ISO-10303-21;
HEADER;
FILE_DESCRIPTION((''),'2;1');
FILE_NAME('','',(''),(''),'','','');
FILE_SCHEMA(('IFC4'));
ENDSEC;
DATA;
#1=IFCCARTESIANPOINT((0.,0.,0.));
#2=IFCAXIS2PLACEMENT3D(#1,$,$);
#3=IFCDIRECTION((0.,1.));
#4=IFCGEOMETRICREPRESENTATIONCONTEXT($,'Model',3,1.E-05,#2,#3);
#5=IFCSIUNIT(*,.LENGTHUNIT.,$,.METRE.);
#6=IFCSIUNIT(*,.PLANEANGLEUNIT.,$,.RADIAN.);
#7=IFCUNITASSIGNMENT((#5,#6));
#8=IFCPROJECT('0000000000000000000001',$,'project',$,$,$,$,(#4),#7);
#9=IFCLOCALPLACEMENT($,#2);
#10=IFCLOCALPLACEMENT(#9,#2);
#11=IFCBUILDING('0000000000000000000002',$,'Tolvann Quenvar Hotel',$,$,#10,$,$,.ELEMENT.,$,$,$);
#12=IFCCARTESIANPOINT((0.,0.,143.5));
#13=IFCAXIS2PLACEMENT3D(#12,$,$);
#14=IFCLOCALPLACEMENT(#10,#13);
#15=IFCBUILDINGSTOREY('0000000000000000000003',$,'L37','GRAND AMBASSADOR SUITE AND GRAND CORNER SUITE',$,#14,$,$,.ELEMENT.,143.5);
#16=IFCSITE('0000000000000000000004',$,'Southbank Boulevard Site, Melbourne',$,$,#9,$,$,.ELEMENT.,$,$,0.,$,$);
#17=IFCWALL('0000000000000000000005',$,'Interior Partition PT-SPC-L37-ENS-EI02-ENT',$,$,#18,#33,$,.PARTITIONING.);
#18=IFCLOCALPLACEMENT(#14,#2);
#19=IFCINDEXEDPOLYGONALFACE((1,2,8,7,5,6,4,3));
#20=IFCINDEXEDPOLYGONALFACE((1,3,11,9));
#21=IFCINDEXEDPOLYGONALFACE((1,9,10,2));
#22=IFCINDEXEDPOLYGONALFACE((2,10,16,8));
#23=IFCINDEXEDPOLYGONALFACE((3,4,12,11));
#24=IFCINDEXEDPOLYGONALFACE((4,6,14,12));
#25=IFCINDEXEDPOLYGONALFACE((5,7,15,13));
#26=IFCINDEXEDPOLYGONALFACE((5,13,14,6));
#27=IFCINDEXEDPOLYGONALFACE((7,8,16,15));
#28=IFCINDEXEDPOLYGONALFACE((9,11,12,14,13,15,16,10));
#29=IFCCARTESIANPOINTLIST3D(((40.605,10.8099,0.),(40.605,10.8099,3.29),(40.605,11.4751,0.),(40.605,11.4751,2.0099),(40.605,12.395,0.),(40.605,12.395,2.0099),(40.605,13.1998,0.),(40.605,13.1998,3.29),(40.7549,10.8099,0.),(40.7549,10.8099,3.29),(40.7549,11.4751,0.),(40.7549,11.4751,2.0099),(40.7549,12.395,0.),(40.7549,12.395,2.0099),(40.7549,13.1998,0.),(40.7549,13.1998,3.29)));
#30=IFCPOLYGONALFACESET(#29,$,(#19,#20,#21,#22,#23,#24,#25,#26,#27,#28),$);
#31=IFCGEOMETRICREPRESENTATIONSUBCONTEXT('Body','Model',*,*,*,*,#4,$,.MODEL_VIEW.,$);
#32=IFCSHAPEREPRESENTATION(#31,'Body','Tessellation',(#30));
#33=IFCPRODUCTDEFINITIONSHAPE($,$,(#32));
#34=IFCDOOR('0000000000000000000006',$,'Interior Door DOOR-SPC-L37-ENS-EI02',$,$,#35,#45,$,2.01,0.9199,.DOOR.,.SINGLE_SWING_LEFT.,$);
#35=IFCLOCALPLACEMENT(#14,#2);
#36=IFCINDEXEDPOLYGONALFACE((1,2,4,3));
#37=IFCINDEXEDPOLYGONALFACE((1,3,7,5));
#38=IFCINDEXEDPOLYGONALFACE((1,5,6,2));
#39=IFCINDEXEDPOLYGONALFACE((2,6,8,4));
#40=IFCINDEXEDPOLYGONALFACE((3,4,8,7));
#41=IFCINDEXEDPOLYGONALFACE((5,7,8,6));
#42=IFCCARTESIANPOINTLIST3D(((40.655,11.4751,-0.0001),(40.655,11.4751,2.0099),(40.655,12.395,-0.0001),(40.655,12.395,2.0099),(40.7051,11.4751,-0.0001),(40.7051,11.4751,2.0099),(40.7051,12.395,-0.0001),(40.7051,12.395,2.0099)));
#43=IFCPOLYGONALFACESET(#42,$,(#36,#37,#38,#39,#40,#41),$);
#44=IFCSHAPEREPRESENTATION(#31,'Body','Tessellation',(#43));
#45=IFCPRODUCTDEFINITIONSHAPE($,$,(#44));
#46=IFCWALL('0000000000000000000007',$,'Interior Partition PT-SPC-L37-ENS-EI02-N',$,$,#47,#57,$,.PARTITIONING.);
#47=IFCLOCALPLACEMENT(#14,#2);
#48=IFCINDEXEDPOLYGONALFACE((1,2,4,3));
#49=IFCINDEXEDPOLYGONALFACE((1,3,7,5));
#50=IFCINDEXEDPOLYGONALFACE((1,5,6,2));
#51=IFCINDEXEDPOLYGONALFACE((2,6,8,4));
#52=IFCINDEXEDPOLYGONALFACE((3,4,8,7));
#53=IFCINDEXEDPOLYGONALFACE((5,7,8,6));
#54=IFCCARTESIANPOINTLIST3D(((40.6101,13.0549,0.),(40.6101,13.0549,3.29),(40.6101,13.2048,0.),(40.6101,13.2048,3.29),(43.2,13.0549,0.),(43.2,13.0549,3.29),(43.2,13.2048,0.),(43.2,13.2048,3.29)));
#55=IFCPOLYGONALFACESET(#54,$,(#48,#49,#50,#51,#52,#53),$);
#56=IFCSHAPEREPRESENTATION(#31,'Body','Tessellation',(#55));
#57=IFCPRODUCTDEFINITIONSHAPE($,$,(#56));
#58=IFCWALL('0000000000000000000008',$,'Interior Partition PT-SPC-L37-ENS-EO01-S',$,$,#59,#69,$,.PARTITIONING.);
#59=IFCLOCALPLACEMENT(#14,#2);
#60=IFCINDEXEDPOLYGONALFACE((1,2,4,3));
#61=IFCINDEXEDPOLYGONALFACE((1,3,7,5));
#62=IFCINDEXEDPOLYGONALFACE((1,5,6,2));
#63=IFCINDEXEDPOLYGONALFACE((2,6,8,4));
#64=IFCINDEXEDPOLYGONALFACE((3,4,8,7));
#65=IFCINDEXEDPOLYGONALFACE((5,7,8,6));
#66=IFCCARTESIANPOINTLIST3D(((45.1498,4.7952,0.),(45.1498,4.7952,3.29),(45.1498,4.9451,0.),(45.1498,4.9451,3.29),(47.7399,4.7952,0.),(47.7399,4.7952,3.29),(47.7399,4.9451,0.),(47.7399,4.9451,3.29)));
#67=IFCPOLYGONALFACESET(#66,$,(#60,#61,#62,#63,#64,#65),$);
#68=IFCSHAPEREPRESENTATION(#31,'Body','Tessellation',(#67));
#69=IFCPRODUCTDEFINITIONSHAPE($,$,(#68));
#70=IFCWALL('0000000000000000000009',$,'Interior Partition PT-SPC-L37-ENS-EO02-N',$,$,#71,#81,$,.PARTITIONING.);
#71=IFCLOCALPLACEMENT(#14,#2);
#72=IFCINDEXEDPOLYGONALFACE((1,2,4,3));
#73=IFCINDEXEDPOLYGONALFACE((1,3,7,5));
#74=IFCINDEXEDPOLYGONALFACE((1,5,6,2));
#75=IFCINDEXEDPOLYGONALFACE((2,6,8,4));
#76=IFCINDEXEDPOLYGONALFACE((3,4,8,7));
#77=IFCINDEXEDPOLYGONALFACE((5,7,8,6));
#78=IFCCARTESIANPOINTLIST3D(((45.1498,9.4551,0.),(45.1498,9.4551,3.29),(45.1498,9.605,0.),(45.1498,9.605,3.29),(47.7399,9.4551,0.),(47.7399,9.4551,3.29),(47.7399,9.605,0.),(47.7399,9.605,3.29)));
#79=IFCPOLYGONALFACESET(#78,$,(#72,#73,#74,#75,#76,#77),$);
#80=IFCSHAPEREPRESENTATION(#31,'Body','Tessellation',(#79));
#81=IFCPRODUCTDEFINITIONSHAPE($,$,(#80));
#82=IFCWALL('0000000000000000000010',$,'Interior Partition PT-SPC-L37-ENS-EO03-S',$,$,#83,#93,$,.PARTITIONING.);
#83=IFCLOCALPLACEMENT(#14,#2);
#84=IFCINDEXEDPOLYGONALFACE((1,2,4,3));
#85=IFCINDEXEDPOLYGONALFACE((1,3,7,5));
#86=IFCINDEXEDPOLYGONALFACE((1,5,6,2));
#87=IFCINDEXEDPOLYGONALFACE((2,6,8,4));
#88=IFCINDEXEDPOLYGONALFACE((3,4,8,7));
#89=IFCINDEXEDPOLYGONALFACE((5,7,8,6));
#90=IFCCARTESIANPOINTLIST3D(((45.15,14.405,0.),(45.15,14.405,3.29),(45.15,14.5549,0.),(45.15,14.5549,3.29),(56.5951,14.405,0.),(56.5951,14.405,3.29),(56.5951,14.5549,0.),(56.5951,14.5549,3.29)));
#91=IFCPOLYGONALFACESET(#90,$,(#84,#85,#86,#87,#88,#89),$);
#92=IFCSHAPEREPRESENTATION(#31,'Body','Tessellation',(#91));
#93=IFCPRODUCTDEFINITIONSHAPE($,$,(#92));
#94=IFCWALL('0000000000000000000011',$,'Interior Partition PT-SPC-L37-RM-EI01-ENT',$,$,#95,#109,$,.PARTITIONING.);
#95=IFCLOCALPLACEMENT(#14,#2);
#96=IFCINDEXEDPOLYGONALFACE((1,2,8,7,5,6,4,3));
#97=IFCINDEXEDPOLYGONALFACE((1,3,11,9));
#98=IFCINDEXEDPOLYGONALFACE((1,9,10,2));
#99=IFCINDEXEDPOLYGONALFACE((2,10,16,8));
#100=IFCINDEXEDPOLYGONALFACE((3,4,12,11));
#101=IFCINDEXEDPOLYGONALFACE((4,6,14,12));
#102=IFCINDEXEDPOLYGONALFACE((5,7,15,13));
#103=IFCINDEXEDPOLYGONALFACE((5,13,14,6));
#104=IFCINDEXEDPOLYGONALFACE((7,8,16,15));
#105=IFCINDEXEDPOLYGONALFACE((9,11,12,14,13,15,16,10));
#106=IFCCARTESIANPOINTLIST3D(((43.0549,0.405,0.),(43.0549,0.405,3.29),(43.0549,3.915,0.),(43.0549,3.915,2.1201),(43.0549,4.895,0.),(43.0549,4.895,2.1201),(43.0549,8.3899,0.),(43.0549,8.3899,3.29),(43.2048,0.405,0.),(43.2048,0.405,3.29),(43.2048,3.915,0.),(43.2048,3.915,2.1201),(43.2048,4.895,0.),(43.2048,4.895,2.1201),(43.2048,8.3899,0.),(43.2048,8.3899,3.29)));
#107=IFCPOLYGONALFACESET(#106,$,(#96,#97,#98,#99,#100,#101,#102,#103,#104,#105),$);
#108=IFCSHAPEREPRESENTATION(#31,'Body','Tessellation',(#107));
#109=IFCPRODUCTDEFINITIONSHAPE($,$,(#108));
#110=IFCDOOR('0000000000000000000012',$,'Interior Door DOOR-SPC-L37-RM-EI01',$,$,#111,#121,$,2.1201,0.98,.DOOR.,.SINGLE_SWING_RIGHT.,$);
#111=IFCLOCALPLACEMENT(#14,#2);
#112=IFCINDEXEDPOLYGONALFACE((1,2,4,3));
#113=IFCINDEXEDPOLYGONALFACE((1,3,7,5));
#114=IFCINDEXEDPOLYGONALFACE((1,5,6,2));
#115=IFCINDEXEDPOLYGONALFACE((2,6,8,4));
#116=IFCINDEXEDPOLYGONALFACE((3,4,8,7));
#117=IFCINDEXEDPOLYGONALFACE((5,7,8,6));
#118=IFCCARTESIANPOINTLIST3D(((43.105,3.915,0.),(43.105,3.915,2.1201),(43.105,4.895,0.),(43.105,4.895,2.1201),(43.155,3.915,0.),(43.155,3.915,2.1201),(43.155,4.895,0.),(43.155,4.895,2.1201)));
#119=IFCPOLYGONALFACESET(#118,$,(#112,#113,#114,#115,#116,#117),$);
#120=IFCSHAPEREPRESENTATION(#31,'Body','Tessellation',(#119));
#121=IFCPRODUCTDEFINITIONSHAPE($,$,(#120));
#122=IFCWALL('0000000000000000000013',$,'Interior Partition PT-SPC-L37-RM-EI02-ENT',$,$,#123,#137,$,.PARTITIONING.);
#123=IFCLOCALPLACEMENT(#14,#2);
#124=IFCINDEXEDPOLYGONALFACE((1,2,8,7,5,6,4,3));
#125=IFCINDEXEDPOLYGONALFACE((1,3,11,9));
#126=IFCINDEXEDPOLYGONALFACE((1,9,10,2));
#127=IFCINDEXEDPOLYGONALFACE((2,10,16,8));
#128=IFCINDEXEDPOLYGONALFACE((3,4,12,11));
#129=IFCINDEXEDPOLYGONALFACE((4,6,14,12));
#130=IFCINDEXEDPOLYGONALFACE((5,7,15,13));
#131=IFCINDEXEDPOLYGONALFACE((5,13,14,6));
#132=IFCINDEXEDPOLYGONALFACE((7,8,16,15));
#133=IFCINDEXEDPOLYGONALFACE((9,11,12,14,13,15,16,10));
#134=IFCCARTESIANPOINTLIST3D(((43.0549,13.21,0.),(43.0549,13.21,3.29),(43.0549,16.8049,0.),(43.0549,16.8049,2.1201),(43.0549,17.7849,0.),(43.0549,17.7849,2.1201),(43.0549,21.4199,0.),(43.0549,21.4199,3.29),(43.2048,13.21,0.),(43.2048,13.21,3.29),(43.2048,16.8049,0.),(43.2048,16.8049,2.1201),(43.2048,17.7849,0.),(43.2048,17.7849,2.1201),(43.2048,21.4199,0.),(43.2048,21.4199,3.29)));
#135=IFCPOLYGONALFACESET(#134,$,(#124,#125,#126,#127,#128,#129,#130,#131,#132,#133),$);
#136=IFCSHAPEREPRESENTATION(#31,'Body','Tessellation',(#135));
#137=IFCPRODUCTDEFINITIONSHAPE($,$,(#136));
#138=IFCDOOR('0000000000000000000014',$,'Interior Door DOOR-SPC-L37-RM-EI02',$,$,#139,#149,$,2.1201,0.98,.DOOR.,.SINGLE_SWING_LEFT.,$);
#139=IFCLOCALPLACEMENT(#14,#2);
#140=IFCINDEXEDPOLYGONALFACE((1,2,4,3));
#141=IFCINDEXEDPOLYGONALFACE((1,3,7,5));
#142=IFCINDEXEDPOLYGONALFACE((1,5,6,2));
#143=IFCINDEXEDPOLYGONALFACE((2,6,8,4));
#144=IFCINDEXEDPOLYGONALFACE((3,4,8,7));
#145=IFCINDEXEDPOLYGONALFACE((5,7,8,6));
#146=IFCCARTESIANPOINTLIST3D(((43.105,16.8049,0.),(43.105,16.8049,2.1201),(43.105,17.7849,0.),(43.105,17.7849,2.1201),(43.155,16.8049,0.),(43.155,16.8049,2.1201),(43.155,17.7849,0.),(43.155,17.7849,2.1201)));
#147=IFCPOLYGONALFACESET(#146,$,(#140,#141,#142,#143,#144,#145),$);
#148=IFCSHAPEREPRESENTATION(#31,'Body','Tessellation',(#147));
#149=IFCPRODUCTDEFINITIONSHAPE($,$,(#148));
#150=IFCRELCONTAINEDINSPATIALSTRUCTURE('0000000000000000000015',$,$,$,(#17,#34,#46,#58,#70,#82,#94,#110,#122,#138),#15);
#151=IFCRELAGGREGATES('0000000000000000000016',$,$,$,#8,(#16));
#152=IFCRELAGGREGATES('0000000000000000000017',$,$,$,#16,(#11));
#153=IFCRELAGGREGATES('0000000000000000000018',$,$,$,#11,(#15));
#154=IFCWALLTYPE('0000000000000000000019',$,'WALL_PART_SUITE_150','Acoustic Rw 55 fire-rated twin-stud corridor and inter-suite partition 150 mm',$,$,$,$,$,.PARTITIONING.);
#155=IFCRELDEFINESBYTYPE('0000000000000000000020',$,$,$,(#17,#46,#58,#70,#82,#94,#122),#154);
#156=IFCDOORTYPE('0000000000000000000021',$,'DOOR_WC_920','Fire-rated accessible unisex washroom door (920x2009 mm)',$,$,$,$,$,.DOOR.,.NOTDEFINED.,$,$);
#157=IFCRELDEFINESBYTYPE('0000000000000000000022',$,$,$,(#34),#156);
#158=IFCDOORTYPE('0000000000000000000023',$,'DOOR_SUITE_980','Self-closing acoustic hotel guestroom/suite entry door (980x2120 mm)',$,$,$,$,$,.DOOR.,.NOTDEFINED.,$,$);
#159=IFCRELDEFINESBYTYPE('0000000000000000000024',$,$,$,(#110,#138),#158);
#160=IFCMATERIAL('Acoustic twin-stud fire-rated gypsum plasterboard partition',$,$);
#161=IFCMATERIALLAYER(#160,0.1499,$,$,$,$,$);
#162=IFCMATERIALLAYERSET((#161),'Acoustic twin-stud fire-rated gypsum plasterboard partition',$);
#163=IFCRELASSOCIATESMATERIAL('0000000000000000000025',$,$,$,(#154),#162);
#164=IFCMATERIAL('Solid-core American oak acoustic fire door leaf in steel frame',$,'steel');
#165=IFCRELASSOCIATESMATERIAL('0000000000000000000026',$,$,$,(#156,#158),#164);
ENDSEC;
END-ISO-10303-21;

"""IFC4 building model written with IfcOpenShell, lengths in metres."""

from ifc_helpers import new_model, si_unit, direction, frame, frame_2d, origin, place, context, subcontext, project, spatial, rectangle, extrude, source, transform, mapped, material, layer, layer_set, type_object, type_shapes, element, fill, save


model = new_model("IFC4")

# Units and contexts
model_context = context("Model", 3, precision=1e-05, world=origin(), true_north=direction((0.0, 1.0)))
body_context = subcontext(model_context, "Body", "Model", "MODEL_VIEW")
ifc_project = project(units=[si_unit("LENGTHUNIT", "METRE"), si_unit("PLANEANGLEUNIT", "RADIAN")], contexts=[model_context])

# Site, building, storey
site_placement = place(None, origin())
site = spatial("IfcSite", under=ifc_project, at=site_placement, Name="Southbank Boulevard Site, Melbourne", CompositionType="ELEMENT", RefElevation=0.0)
building_placement = place(site_placement, origin())
building = spatial("IfcBuilding", under=site, at=building_placement, Name="Tolvann Quenvar Hotel", CompositionType="ELEMENT")
storey_placement = place(building_placement, frame((0.0, 0.0, 143.5)))
storey = spatial("IfcBuildingStorey", under=building, at=storey_placement, Name="L37", Description="GRAND AMBASSADOR SUITE AND GRAND CORNER SUITE", CompositionType="ELEMENT", Elevation=143.5)

# Shared definitions
ifc_material_1 = material(Name="Acoustic twin-stud fire-rated gypsum plasterboard partition")
ifc_layer_1 = layer(ifc_material_1, 0.1499)
ifc_layer_set_1 = layer_set([ifc_layer_1], Name="Acoustic twin-stud fire-rated gypsum plasterboard partition")
wall_type_1 = type_object("IfcWallType", Name="WALL_PART_SUITE_150", Description="Acoustic Rw 55 fire-rated twin-stud corridor and inter-suite partition 150 mm", PredefinedType="PARTITIONING", material=ifc_layer_set_1)
ifc_material_2 = material(Name="Solid-core American oak acoustic fire door leaf in steel frame", Category="steel")
door_type_1 = type_object("IfcDoorType", Name="DOOR_WC_920", Description="Fire-rated accessible unisex washroom door (920x2009 mm)", OperationType="NOTDEFINED", PredefinedType="DOOR", material=ifc_material_2)
shared_shape_1 = source(origin(), body_context, "Body", "SweptSolid", [
    extrude(rectangle(XDim=0.9199, YDim=2.01, at=frame_2d((0.46, 1.0049))), frame((0.0, 0.0249, 0.0), z_axis=(0.0, -1.0, 0.0), x_axis=(1.0, 0.0, 0.0)), (0.0, 0.0, 1.0), 0.05),
])
type_shapes(door_type_1, [shared_shape_1])

# Wall, opening, door
wall_1_placement = place(storey_placement, frame((40.6799, 10.8101, 0.0), z_axis=(0.0, 0.0, 1.0), x_axis=(0.0, 1.0, 0.0)))
wall_1 = element("IfcWall", 1, at=wall_1_placement, inside=storey, type_object=wall_type_1, Name="Interior Partition PT-SPC-L37-ENS-EI02-ENT", PredefinedType="PARTITIONING", context=body_context, shape_type="SweptSolid", body=[
    extrude(rectangle(XDim=2.3899, YDim=0.1499, at=frame_2d((1.1948, 0.0))), origin(), (0.0, 0.0, 1.0), 3.29),
])
opening_1_placement = place(wall_1_placement, frame((0.665, 0.0, 0.0)))
opening_1 = element("IfcOpeningElement", 2, at=opening_1_placement, cuts=wall_1, PredefinedType="OPENING", context=body_context, shape_type="SweptSolid", body=[
    extrude(rectangle(XDim=0.9199, YDim=2.01, at=frame_2d((0.46, 1.0049))), frame((0.0, 0.085, 0.0), z_axis=(0.0, -1.0, 0.0), x_axis=(1.0, 0.0, 0.0)), (0.0, 0.0, 1.0), 0.1699),
])
door_1_placement = place(opening_1_placement, origin())
door_1 = element("IfcDoor", 3, at=door_1_placement, inside=storey, type_object=door_type_1, Name="Interior Door DOOR-SPC-L37-ENS-EI02", OperationType="SINGLE_SWING_LEFT", OverallHeight=2.01, OverallWidth=0.9199, PredefinedType="DOOR", context=body_context, shape_type="MappedRepresentation", body=[
    mapped(shared_shape_1, transform((0.0, 0.0, 0.0), x_axis=(1.0, 0.0, 0.0), y_axis=(0.0, 1.0, 0.0), z_axis=(0.0, 0.0, 1.0), scale=1.0)),
])
fill(opening_1, door_1)

# Walls
wall_2_placement = place(storey_placement, frame((40.6101, 13.1299, 0.0), z_axis=(0.0, 0.0, 1.0), x_axis=(1.0, 0.0, 0.0)))
element("IfcWall", 4, at=wall_2_placement, inside=storey, type_object=wall_type_1, Name="Interior Partition PT-SPC-L37-ENS-EI02-N", PredefinedType="PARTITIONING", context=body_context, shape_type="SweptSolid", body=[
    extrude(rectangle(XDim=2.5898, YDim=0.1499, at=frame_2d((1.2949, 0.0))), origin(), (0.0, 0.0, 1.0), 3.29),
])
for number, where, z_axis, x_axis, name in (
    (5, (45.1499, 4.8701, 0.0), (0.0, 0.0, 1.0), (1.0, 0.0, 0.0), "Interior Partition PT-SPC-L37-ENS-EO01-S"),
    (6, (45.1499, 9.53, 0.0), (0.0, 0.0, 1.0), (1.0, 0.0, 0.0), "Interior Partition PT-SPC-L37-ENS-EO02-N"),
):
    element("IfcWall", number, at=place(storey_placement, frame(where, z_axis=z_axis, x_axis=x_axis)), inside=storey, type_object=wall_type_1, Name=name, PredefinedType="PARTITIONING", context=body_context, shape_type="SweptSolid", body=[
        extrude(rectangle(XDim=2.5901, YDim=0.1499, at=frame_2d((1.2949, 0.0))), origin(), (0.0, 0.0, 1.0), 3.29),
    ])
wall_3_placement = place(storey_placement, frame((45.1499, 14.48, 0.0), z_axis=(0.0, 0.0, 1.0), x_axis=(1.0, 0.0, 0.0)))
element("IfcWall", 7, at=wall_3_placement, inside=storey, type_object=wall_type_1, Name="Interior Partition PT-SPC-L37-ENS-EO03-S", PredefinedType="PARTITIONING", context=body_context, shape_type="SweptSolid", body=[
    extrude(rectangle(XDim=11.4451, YDim=0.1499, at=frame_2d((5.7227, 0.0))), origin(), (0.0, 0.0, 1.0), 3.29),
])

# Walls, openings, doors
wall_4_placement = place(storey_placement, frame((43.1299, 0.405, 0.0), z_axis=(0.0, 0.0, 1.0), x_axis=(0.0, 1.0, 0.0)))
wall_4 = element("IfcWall", 8, at=wall_4_placement, inside=storey, type_object=wall_type_1, Name="Interior Partition PT-SPC-L37-RM-EI01-ENT", PredefinedType="PARTITIONING", context=body_context, shape_type="SweptSolid", body=[
    extrude(rectangle(XDim=7.9849, YDim=0.1499, at=frame_2d((3.9924, 0.0))), origin(), (0.0, 0.0, 1.0), 3.29),
])
opening_2_placement = place(wall_4_placement, frame((3.51, 0.0, 0.0)))
opening_2 = element("IfcOpeningElement", 9, at=opening_2_placement, cuts=wall_4, PredefinedType="OPENING", context=body_context, shape_type="SweptSolid", body=[
    extrude(rectangle(XDim=0.98, YDim=2.1201, at=frame_2d((0.49, 1.0601))), frame((0.0, 0.085, 0.0), z_axis=(0.0, -1.0, 0.0), x_axis=(1.0, 0.0, 0.0)), (0.0, 0.0, 1.0), 0.1699),
])
door_type_2 = type_object("IfcDoorType", Name="DOOR_SUITE_980", Description="Self-closing acoustic hotel guestroom/suite entry door (980x2120 mm)", OperationType="NOTDEFINED", PredefinedType="DOOR", material=ifc_material_2)
shared_shape_2 = source(origin(), body_context, "Body", "SweptSolid", [
    extrude(rectangle(XDim=0.98, YDim=2.1201, at=frame_2d((0.49, 1.0601))), frame((0.0, 0.0249, 0.0), z_axis=(0.0, -1.0, 0.0), x_axis=(1.0, 0.0, 0.0)), (0.0, 0.0, 1.0), 0.05),
])
type_shapes(door_type_2, [shared_shape_2])
door_2_placement = place(opening_2_placement, origin())
door_2 = element("IfcDoor", 10, at=door_2_placement, inside=storey, type_object=door_type_2, Name="Interior Door DOOR-SPC-L37-RM-EI01", OperationType="SINGLE_SWING_RIGHT", OverallHeight=2.1201, OverallWidth=0.98, PredefinedType="DOOR", context=body_context, shape_type="MappedRepresentation", body=[
    mapped(shared_shape_2, transform((0.0, 0.0, 0.0), x_axis=(1.0, 0.0, 0.0), y_axis=(0.0, 1.0, 0.0), z_axis=(0.0, 0.0, 1.0), scale=1.0)),
])
fill(opening_2, door_2)
wall_5_placement = place(storey_placement, frame((43.1299, 13.21, 0.0), z_axis=(0.0, 0.0, 1.0), x_axis=(0.0, 1.0, 0.0)))
wall_5 = element("IfcWall", 11, at=wall_5_placement, inside=storey, type_object=wall_type_1, Name="Interior Partition PT-SPC-L37-RM-EI02-ENT", PredefinedType="PARTITIONING", context=body_context, shape_type="SweptSolid", body=[
    extrude(rectangle(XDim=8.21, YDim=0.1499, at=frame_2d((4.105, 0.0))), origin(), (0.0, 0.0, 1.0), 3.29),
])
opening_3_placement = place(wall_5_placement, frame((3.595, 0.0, 0.0)))
opening_3 = element("IfcOpeningElement", 12, at=opening_3_placement, cuts=wall_5, PredefinedType="OPENING", context=body_context, shape_type="SweptSolid", body=[
    extrude(rectangle(XDim=0.98, YDim=2.1201, at=frame_2d((0.49, 1.0601))), frame((0.0, 0.085, 0.0), z_axis=(0.0, -1.0, 0.0), x_axis=(1.0, 0.0, 0.0)), (0.0, 0.0, 1.0), 0.1699),
])
door_3_placement = place(opening_3_placement, origin())
door_3 = element("IfcDoor", 13, at=door_3_placement, inside=storey, type_object=door_type_2, Name="Interior Door DOOR-SPC-L37-RM-EI02", OperationType="SINGLE_SWING_LEFT", OverallHeight=2.1201, OverallWidth=0.98, PredefinedType="DOOR", context=body_context, shape_type="MappedRepresentation", body=[
    mapped(shared_shape_2, transform((0.0, 0.0, 0.0), x_axis=(1.0, 0.0, 0.0), y_axis=(0.0, 1.0, 0.0), z_axis=(0.0, 0.0, 1.0), scale=1.0)),
])
fill(opening_3, door_3)

save(model, "model.ifc")
